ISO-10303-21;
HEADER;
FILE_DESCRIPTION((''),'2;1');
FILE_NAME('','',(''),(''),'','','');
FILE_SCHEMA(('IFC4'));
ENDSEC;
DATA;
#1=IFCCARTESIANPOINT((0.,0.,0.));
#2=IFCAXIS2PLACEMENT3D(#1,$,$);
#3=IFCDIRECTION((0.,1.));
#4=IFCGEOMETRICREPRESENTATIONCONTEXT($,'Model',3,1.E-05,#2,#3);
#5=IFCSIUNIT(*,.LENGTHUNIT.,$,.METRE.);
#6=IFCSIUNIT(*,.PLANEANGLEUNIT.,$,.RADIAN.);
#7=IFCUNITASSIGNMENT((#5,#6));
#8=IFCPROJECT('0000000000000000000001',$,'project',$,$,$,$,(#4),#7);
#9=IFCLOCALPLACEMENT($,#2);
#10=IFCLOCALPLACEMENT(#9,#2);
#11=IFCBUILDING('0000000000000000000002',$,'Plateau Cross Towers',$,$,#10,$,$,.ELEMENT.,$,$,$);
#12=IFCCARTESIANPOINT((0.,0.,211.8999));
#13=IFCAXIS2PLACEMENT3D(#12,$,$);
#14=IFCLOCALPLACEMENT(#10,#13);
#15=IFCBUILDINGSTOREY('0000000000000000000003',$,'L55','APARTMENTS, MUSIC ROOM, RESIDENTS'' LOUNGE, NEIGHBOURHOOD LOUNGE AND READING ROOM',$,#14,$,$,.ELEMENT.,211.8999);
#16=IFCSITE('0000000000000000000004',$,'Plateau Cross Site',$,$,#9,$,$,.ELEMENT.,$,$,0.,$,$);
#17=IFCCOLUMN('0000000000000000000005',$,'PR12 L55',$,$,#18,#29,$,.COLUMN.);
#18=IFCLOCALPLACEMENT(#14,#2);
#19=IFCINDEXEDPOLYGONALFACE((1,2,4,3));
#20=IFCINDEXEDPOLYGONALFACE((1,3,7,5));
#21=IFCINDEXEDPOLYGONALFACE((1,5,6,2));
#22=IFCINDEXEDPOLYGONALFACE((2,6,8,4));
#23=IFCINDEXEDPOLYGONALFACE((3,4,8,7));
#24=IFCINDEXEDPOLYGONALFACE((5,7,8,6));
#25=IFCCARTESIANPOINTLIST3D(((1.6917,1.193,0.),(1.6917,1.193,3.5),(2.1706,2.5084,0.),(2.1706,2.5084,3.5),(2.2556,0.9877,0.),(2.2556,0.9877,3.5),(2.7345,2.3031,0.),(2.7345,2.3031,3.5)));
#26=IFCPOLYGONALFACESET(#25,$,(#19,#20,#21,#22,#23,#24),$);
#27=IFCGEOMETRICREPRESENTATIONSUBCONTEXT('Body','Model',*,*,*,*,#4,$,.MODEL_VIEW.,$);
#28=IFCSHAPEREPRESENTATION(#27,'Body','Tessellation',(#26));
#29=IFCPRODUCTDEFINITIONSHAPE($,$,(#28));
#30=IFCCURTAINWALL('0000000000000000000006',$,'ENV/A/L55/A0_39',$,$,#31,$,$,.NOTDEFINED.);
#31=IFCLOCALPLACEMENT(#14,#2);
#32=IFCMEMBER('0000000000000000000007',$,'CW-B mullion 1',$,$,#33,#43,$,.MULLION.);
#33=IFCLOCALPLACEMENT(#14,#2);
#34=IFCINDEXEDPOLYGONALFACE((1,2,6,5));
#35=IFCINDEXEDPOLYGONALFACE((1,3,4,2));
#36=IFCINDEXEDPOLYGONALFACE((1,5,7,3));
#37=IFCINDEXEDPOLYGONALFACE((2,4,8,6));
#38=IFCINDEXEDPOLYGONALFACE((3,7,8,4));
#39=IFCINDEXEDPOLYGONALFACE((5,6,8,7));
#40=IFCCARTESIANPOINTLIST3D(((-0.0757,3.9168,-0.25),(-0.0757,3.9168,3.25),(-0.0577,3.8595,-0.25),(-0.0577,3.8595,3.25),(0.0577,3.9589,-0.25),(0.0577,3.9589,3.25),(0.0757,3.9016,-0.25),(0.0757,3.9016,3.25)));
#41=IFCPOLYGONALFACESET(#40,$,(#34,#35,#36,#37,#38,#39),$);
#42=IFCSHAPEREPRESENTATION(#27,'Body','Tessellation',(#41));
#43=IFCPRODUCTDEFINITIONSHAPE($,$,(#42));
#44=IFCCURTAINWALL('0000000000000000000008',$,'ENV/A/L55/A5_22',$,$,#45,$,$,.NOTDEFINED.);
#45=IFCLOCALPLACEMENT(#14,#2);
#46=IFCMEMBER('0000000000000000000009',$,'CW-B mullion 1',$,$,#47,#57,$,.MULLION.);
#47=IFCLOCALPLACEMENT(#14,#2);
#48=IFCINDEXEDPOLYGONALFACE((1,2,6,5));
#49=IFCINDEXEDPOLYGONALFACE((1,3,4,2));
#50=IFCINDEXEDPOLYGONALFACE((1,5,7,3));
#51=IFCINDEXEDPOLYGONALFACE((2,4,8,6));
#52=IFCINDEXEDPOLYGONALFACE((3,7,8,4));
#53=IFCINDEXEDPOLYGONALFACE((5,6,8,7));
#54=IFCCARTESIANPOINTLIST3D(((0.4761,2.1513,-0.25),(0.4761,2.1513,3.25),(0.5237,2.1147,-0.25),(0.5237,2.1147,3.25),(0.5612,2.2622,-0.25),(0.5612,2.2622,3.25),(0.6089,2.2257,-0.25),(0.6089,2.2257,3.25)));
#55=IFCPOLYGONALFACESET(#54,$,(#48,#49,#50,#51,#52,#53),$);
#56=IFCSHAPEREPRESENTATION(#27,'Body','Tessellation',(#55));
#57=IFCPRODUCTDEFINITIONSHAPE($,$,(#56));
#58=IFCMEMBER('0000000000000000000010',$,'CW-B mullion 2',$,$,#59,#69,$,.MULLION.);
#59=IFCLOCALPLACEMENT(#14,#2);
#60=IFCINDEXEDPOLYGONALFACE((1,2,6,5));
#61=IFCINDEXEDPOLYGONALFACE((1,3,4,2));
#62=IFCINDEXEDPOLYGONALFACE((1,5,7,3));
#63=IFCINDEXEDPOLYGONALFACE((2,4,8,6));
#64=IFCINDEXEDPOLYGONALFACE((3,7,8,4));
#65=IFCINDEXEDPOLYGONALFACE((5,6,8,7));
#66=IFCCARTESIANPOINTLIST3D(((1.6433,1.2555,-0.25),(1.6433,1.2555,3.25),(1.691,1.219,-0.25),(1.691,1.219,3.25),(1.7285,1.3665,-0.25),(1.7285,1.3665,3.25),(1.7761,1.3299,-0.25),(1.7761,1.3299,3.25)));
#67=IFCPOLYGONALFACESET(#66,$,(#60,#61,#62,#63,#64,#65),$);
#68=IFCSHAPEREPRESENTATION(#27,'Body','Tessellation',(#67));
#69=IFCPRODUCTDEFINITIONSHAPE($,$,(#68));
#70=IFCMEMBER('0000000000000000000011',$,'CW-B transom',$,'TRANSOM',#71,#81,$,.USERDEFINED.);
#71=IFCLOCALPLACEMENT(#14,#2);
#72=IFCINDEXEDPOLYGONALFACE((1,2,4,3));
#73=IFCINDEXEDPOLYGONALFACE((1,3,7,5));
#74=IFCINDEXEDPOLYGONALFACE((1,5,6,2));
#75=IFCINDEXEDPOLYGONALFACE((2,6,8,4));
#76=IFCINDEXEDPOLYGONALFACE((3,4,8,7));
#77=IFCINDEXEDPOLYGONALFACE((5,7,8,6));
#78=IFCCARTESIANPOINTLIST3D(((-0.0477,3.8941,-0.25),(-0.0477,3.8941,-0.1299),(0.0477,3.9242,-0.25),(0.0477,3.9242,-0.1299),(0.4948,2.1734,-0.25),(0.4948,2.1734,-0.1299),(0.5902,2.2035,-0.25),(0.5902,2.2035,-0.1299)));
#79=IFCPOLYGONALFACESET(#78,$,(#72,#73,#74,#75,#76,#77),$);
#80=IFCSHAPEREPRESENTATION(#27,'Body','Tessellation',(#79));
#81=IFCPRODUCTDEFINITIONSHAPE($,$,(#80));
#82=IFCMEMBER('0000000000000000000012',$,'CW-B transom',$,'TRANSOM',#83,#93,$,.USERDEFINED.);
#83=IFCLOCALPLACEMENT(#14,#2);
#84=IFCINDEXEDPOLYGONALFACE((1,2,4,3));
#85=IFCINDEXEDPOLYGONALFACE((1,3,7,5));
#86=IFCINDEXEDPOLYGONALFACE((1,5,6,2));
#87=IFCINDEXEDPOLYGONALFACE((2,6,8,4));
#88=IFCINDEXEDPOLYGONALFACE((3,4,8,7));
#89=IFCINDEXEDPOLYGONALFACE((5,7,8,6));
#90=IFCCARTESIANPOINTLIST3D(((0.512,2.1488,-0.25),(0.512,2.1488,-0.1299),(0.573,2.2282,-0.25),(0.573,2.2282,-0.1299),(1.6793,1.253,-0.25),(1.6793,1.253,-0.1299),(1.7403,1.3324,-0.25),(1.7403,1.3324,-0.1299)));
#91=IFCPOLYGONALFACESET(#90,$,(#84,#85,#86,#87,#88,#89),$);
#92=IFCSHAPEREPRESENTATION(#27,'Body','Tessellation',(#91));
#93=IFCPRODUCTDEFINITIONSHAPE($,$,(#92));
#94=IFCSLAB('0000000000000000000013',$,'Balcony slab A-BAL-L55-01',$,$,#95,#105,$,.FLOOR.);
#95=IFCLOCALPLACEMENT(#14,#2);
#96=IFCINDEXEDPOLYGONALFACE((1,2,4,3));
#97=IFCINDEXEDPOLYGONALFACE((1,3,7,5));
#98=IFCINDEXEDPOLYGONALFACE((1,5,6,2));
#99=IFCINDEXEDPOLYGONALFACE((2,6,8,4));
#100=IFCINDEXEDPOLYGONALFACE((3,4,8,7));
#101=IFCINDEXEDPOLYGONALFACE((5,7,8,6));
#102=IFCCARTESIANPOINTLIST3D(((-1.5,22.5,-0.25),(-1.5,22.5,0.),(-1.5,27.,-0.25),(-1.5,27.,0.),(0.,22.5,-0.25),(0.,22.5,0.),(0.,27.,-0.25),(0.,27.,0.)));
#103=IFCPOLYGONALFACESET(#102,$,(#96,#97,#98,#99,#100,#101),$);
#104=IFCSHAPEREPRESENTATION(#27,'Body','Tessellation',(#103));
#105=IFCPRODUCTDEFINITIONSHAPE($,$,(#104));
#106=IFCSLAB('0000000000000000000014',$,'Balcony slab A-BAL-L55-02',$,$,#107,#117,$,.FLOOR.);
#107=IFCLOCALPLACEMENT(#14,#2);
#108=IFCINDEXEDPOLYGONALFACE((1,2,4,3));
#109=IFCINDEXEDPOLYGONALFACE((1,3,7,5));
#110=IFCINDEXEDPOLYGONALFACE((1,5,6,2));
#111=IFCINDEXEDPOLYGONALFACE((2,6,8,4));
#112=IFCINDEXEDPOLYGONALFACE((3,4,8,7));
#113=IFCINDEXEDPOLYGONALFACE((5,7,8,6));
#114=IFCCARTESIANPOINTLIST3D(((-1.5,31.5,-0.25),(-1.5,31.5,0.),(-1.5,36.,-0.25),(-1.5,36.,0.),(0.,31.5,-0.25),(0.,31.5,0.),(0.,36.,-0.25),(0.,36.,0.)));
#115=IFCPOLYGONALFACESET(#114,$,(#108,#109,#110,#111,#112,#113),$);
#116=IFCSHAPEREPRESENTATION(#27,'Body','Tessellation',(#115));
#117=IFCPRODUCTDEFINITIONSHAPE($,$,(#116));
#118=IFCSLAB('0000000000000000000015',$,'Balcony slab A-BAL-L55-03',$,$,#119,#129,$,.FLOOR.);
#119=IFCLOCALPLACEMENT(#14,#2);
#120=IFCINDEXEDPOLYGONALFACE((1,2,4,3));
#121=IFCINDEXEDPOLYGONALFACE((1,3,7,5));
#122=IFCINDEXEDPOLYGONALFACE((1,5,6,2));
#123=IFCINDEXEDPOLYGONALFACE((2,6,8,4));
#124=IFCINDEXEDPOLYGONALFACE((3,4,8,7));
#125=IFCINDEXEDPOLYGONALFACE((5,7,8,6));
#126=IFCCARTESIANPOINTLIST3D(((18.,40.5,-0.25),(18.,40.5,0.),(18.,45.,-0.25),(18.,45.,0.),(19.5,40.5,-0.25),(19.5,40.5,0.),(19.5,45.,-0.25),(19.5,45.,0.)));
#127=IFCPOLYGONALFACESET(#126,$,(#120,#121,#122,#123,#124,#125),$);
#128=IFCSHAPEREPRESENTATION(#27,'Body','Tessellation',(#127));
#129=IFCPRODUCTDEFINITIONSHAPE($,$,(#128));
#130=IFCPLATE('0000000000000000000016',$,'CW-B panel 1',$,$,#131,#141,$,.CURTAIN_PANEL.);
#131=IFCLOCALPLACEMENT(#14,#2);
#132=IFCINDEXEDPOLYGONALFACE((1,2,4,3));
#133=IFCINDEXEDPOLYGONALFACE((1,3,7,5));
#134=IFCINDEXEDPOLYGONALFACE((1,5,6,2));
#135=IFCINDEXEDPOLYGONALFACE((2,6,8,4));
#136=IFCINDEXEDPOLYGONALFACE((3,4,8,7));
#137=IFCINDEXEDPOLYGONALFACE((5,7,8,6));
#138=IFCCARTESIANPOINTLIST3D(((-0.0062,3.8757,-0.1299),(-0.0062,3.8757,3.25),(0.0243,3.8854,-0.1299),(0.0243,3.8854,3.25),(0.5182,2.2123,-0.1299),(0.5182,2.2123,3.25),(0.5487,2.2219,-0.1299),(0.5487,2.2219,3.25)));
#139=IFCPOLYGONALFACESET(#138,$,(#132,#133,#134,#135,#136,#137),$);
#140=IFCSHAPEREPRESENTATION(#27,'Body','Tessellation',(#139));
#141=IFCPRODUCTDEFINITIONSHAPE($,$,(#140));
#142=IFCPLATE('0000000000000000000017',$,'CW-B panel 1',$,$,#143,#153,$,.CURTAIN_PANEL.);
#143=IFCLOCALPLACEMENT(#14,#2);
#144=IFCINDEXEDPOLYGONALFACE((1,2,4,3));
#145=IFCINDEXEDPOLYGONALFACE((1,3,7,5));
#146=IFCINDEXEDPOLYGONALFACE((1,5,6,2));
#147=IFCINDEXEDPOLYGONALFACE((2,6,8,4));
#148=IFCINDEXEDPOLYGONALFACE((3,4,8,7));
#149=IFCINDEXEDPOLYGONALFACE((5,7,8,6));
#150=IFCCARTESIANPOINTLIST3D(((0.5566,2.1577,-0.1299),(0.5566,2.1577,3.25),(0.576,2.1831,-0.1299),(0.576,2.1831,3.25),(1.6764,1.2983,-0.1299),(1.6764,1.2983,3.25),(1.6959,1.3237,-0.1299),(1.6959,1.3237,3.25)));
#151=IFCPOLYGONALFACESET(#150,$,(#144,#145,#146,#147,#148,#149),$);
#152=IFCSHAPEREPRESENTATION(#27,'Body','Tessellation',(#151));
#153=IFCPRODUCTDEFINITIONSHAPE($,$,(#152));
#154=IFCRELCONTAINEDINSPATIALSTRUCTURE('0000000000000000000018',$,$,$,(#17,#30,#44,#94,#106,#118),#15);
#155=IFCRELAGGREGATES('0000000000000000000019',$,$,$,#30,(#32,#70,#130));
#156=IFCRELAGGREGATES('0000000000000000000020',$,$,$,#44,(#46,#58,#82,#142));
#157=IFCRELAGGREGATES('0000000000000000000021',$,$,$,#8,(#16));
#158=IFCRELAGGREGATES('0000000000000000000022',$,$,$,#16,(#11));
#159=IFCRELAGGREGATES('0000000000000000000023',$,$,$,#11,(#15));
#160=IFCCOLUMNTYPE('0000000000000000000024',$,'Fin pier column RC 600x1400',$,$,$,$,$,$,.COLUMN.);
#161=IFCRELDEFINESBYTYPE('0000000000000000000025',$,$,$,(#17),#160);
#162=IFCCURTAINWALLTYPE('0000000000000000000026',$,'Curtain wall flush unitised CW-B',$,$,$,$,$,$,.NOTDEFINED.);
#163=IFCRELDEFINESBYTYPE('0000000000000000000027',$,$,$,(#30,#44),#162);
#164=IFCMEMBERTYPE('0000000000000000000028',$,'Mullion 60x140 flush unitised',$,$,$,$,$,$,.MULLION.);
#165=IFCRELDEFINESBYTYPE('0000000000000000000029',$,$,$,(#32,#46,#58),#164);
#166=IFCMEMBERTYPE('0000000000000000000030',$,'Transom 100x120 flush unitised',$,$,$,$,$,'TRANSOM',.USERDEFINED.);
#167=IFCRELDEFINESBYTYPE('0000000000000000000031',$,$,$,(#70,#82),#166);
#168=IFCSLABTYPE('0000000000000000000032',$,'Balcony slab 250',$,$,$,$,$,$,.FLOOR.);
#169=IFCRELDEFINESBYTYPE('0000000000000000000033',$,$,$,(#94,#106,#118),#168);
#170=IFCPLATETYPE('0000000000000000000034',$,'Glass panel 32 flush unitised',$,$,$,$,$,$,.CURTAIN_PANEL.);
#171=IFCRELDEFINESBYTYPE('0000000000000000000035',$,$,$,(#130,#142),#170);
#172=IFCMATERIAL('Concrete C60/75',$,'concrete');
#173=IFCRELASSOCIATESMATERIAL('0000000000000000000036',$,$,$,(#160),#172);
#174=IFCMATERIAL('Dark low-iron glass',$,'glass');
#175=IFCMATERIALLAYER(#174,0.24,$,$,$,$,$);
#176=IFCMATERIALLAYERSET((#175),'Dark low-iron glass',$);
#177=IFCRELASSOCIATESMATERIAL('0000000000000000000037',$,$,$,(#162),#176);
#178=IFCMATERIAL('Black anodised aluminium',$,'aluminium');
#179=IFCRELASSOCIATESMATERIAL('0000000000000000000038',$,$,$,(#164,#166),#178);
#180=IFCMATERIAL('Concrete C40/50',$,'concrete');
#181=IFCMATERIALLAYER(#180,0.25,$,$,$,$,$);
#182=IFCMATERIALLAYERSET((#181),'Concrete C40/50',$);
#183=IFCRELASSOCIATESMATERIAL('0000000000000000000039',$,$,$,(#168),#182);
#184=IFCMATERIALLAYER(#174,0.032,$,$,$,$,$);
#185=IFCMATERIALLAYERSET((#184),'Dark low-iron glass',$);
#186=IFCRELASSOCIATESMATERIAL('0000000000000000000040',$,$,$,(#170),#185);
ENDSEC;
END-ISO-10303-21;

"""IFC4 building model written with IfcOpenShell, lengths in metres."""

from ifc_helpers import new_model, si_unit, direction, frame, origin, origin_2d, place, context, subcontext, project, spatial, polyline, rectangle, outline, extrude, material, layer, layer_set, material_profile, profile_set, type_object, element, aggregate, save


model = new_model("IFC4")

# Units and contexts
model_context = context("Model", 3, precision=1e-05, world=origin(), true_north=direction((0.0, 1.0)))
body_context = subcontext(model_context, "Body", "Model", "MODEL_VIEW")
ifc_project = project(units=[si_unit("LENGTHUNIT", "METRE"), si_unit("PLANEANGLEUNIT", "RADIAN")], contexts=[model_context])

# Site, building, storey
site_placement = place(None, origin())
site = spatial("IfcSite", under=ifc_project, at=site_placement, Name="Plateau Cross Site", CompositionType="ELEMENT", RefElevation=0.0)
building_placement = place(site_placement, origin())
building = spatial("IfcBuilding", under=site, at=building_placement, Name="Plateau Cross Towers", CompositionType="ELEMENT")
storey_placement = place(building_placement, frame((0.0, 0.0, 211.8999)))
storey = spatial("IfcBuildingStorey", under=building, at=storey_placement, Name="L55", Description="APARTMENTS, MUSIC ROOM, RESIDENTS' LOUNGE, NEIGHBOURHOOD LOUNGE AND READING ROOM", CompositionType="ELEMENT", Elevation=211.8999)

# Column
ifc_material_1 = material(Name="Concrete C60/75", Category="concrete")
ifc_material_profile_1 = material_profile(ifc_material_1, rectangle(XDim=0.6001, YDim=1.3999, at=origin_2d()), Name="RC 600x1400")
ifc_profile_set_1 = profile_set([ifc_material_profile_1], Name="Concrete C60/75")
column_type = type_object("IfcColumnType", Name="Fin pier column RC 600x1400", PredefinedType="COLUMN", material=ifc_profile_set_1)
column_placement = place(storey_placement, frame((2.2131, 1.748, 0.0), z_axis=(0.0, 0.0, 1.0), x_axis=(-0.939664, 0.342098, 0.0)))
element("IfcColumn", 1, at=column_placement, inside=storey, type_object=column_type, Name="PR12 L55", PredefinedType="COLUMN", context=body_context, shape_type="SweptSolid", body=[
    extrude(rectangle(XDim=0.6001, YDim=1.3999, at=origin_2d()), origin(), (0.0, 0.0, 1.0), 3.5),
])

# Curtain wall, member
ifc_material_2 = material(Name="Dark low-iron glass", Category="glass")
ifc_layer_1 = layer(ifc_material_2, 0.24)
ifc_layer_set_1 = layer_set([ifc_layer_1], Name="Dark low-iron glass")
curtain_wall_type = type_object("IfcCurtainWallType", Name="Curtain wall flush unitised CW-B", PredefinedType="NOTDEFINED", material=ifc_layer_set_1)
curtain_wall_1_placement = place(storey_placement, origin())
curtain_wall_1 = element("IfcCurtainWall", 2, at=curtain_wall_1_placement, inside=storey, type_object=curtain_wall_type, Name="ENV/A/L55/A0_39", PredefinedType="NOTDEFINED")
ifc_material_3 = material(Name="Black anodised aluminium", Category="aluminium")
ifc_material_profile_2 = material_profile(ifc_material_3, rectangle(XDim=0.0601, YDim=0.1399, at=origin_2d()), Name="MULLION 60x140")
ifc_profile_set_2 = profile_set([ifc_material_profile_2], Name="Black anodised aluminium")
member_type_1 = type_object("IfcMemberType", Name="Mullion 60x140 flush unitised", PredefinedType="MULLION", material=ifc_profile_set_2)
member_1_placement = place(storey_placement, frame((0.0, 3.9092, -0.25), z_axis=(0.0, 0.0, 1.0), x_axis=(0.300686, -0.953723, 0.0)))
member_1 = element("IfcMember", 3, at=member_1_placement, type_object=member_type_1, Name="CW-B mullion 1", PredefinedType="MULLION", context=body_context, shape_type="SweptSolid", body=[
    extrude(rectangle(XDim=0.0601, YDim=0.1399, at=origin_2d()), origin(), (0.0, 0.0, 1.0), 3.5),
])

# Curtain wall, members
curtain_wall_2_placement = place(storey_placement, origin())
curtain_wall_2 = element("IfcCurtainWall", 4, at=curtain_wall_2_placement, inside=storey, type_object=curtain_wall_type, Name="ENV/A/L55/A5_22", PredefinedType="NOTDEFINED")
member_2_placement = place(storey_placement, frame((0.5425, 2.1885, -0.25), z_axis=(0.0, 0.0, 1.0), x_axis=(0.793316, -0.608811, 0.0)))
member_2 = element("IfcMember", 5, at=member_2_placement, type_object=member_type_1, Name="CW-B mullion 1", PredefinedType="MULLION", context=body_context, shape_type="SweptSolid", body=[
    extrude(rectangle(XDim=0.0601, YDim=0.1399, at=origin_2d()), origin(), (0.0, 0.0, 1.0), 3.5),
])
member_3_placement = place(storey_placement, frame((1.7097, 1.2927, -0.25), z_axis=(0.0, 0.0, 1.0), x_axis=(0.793316, -0.608811, 0.0)))
member_3 = element("IfcMember", 6, at=member_3_placement, type_object=member_type_1, Name="CW-B mullion 2", PredefinedType="MULLION", context=body_context, shape_type="SweptSolid", body=[
    extrude(rectangle(XDim=0.0601, YDim=0.1399, at=origin_2d()), origin(), (0.0, 0.0, 1.0), 3.5),
])

# Members
ifc_material_profile_3 = material_profile(ifc_material_3, rectangle(XDim=0.1001, YDim=0.1201, at=origin_2d()), Name="TRANSOM 100x120")
ifc_profile_set_3 = profile_set([ifc_material_profile_3], Name="Black anodised aluminium")
member_type_2 = type_object("IfcMemberType", Name="Transom 100x120 flush unitised", ElementType="TRANSOM", PredefinedType="USERDEFINED", material=ifc_profile_set_3)
member_4_placement = place(storey_placement, frame((0.0, 3.9092, -0.1899), z_axis=(0.300678, -0.953726, 0.0), x_axis=(0.953726, 0.300678, 0.0)))
member_4 = element("IfcMember", 7, at=member_4_placement, type_object=member_type_2, Name="CW-B transom", ObjectType="TRANSOM", PredefinedType="USERDEFINED", context=body_context, shape_type="SweptSolid", body=[
    extrude(rectangle(XDim=0.1001, YDim=0.1201, at=origin_2d()), origin(), (0.0, 0.0, 1.0), 1.8042),
])
member_5_placement = place(storey_placement, frame((0.5425, 2.1885, -0.1899), z_axis=(0.793321, -0.608804, 0.0), x_axis=(0.608804, 0.793321, 0.0)))
member_5 = element("IfcMember", 8, at=member_5_placement, type_object=member_type_2, Name="CW-B transom", ObjectType="TRANSOM", PredefinedType="USERDEFINED", context=body_context, shape_type="SweptSolid", body=[
    extrude(rectangle(XDim=0.1001, YDim=0.1201, at=origin_2d()), origin(), (0.0, 0.0, 1.0), 1.4714),
])

# Slabs
ifc_material_4 = material(Name="Concrete C40/50", Category="concrete")
ifc_layer_2 = layer(ifc_material_4, 0.25)
ifc_layer_set_2 = layer_set([ifc_layer_2], Name="Concrete C40/50")
slab_type_1 = type_object("IfcSlabType", Name="Balcony slab 250", PredefinedType="FLOOR", material=ifc_layer_set_2)
slab_1_placement = place(storey_placement, frame((0.0, 0.0, -0.25)))
element("IfcSlab", 9, at=slab_1_placement, inside=storey, type_object=slab_type_1, Name="Balcony slab A-BAL-L55-01", PredefinedType="FLOOR", context=body_context, shape_type="SweptSolid", body=[
    extrude(outline(polyline([(0.0, 22.5), (0.0, 27.0), (-1.5, 27.0), (-1.5, 22.5), (0.0, 22.5)])), origin(), (0.0, 0.0, 1.0), 0.25),
])
slab_2_placement = place(storey_placement, frame((0.0, 0.0, -0.25)))
element("IfcSlab", 10, at=slab_2_placement, inside=storey, type_object=slab_type_1, Name="Balcony slab A-BAL-L55-02", PredefinedType="FLOOR", context=body_context, shape_type="SweptSolid", body=[
    extrude(outline(polyline([(0.0, 31.5), (0.0, 36.0), (-1.5, 36.0), (-1.5, 31.5), (0.0, 31.5)])), origin(), (0.0, 0.0, 1.0), 0.25),
])
slab_3_placement = place(storey_placement, frame((0.0, 0.0, -0.25)))
element("IfcSlab", 11, at=slab_3_placement, inside=storey, type_object=slab_type_1, Name="Balcony slab A-BAL-L55-03", PredefinedType="FLOOR", context=body_context, shape_type="SweptSolid", body=[
    extrude(outline(polyline([(19.5, 40.5), (19.5, 45.0), (18.0, 45.0), (18.0, 40.5), (19.5, 40.5)])), origin(), (0.0, 0.0, 1.0), 0.25),
])

# Plates
ifc_layer_3 = layer(ifc_material_2, 0.032)
ifc_layer_set_3 = layer_set([ifc_layer_3], Name="Dark low-iron glass")
plate_type = type_object("IfcPlateType", Name="Glass panel 32 flush unitised", PredefinedType="CURTAIN_PANEL", material=ifc_layer_set_3)
plate_1_placement = place(storey_placement, frame((0.2712, 3.0488, -0.1299), z_axis=(0.0, 0.0, 1.0), x_axis=(0.300686, -0.953723, 0.0)))
plate_1 = element("IfcPlate", 12, at=plate_1_placement, type_object=plate_type, Name="CW-B panel 1", PredefinedType="CURTAIN_PANEL", context=body_context, shape_type="SweptSolid", body=[
    extrude(rectangle(XDim=1.7441, YDim=0.032, at=origin_2d()), origin(), (0.0, 0.0, 1.0), 3.3799),
])
aggregate(curtain_wall_1, [member_1, member_4, plate_1])
plate_2_placement = place(storey_placement, frame((1.1262, 1.7407, -0.1299), z_axis=(0.0, 0.0, 1.0), x_axis=(0.793316, -0.608811, 0.0)))
plate_2 = element("IfcPlate", 13, at=plate_2_placement, type_object=plate_type, Name="CW-B panel 1", PredefinedType="CURTAIN_PANEL", context=body_context, shape_type="SweptSolid", body=[
    extrude(rectangle(XDim=1.4116, YDim=0.032, at=origin_2d()), origin(), (0.0, 0.0, 1.0), 3.3799),
])
aggregate(curtain_wall_2, [member_2, member_3, member_5, plate_2])

save(model, "model.ifc")
